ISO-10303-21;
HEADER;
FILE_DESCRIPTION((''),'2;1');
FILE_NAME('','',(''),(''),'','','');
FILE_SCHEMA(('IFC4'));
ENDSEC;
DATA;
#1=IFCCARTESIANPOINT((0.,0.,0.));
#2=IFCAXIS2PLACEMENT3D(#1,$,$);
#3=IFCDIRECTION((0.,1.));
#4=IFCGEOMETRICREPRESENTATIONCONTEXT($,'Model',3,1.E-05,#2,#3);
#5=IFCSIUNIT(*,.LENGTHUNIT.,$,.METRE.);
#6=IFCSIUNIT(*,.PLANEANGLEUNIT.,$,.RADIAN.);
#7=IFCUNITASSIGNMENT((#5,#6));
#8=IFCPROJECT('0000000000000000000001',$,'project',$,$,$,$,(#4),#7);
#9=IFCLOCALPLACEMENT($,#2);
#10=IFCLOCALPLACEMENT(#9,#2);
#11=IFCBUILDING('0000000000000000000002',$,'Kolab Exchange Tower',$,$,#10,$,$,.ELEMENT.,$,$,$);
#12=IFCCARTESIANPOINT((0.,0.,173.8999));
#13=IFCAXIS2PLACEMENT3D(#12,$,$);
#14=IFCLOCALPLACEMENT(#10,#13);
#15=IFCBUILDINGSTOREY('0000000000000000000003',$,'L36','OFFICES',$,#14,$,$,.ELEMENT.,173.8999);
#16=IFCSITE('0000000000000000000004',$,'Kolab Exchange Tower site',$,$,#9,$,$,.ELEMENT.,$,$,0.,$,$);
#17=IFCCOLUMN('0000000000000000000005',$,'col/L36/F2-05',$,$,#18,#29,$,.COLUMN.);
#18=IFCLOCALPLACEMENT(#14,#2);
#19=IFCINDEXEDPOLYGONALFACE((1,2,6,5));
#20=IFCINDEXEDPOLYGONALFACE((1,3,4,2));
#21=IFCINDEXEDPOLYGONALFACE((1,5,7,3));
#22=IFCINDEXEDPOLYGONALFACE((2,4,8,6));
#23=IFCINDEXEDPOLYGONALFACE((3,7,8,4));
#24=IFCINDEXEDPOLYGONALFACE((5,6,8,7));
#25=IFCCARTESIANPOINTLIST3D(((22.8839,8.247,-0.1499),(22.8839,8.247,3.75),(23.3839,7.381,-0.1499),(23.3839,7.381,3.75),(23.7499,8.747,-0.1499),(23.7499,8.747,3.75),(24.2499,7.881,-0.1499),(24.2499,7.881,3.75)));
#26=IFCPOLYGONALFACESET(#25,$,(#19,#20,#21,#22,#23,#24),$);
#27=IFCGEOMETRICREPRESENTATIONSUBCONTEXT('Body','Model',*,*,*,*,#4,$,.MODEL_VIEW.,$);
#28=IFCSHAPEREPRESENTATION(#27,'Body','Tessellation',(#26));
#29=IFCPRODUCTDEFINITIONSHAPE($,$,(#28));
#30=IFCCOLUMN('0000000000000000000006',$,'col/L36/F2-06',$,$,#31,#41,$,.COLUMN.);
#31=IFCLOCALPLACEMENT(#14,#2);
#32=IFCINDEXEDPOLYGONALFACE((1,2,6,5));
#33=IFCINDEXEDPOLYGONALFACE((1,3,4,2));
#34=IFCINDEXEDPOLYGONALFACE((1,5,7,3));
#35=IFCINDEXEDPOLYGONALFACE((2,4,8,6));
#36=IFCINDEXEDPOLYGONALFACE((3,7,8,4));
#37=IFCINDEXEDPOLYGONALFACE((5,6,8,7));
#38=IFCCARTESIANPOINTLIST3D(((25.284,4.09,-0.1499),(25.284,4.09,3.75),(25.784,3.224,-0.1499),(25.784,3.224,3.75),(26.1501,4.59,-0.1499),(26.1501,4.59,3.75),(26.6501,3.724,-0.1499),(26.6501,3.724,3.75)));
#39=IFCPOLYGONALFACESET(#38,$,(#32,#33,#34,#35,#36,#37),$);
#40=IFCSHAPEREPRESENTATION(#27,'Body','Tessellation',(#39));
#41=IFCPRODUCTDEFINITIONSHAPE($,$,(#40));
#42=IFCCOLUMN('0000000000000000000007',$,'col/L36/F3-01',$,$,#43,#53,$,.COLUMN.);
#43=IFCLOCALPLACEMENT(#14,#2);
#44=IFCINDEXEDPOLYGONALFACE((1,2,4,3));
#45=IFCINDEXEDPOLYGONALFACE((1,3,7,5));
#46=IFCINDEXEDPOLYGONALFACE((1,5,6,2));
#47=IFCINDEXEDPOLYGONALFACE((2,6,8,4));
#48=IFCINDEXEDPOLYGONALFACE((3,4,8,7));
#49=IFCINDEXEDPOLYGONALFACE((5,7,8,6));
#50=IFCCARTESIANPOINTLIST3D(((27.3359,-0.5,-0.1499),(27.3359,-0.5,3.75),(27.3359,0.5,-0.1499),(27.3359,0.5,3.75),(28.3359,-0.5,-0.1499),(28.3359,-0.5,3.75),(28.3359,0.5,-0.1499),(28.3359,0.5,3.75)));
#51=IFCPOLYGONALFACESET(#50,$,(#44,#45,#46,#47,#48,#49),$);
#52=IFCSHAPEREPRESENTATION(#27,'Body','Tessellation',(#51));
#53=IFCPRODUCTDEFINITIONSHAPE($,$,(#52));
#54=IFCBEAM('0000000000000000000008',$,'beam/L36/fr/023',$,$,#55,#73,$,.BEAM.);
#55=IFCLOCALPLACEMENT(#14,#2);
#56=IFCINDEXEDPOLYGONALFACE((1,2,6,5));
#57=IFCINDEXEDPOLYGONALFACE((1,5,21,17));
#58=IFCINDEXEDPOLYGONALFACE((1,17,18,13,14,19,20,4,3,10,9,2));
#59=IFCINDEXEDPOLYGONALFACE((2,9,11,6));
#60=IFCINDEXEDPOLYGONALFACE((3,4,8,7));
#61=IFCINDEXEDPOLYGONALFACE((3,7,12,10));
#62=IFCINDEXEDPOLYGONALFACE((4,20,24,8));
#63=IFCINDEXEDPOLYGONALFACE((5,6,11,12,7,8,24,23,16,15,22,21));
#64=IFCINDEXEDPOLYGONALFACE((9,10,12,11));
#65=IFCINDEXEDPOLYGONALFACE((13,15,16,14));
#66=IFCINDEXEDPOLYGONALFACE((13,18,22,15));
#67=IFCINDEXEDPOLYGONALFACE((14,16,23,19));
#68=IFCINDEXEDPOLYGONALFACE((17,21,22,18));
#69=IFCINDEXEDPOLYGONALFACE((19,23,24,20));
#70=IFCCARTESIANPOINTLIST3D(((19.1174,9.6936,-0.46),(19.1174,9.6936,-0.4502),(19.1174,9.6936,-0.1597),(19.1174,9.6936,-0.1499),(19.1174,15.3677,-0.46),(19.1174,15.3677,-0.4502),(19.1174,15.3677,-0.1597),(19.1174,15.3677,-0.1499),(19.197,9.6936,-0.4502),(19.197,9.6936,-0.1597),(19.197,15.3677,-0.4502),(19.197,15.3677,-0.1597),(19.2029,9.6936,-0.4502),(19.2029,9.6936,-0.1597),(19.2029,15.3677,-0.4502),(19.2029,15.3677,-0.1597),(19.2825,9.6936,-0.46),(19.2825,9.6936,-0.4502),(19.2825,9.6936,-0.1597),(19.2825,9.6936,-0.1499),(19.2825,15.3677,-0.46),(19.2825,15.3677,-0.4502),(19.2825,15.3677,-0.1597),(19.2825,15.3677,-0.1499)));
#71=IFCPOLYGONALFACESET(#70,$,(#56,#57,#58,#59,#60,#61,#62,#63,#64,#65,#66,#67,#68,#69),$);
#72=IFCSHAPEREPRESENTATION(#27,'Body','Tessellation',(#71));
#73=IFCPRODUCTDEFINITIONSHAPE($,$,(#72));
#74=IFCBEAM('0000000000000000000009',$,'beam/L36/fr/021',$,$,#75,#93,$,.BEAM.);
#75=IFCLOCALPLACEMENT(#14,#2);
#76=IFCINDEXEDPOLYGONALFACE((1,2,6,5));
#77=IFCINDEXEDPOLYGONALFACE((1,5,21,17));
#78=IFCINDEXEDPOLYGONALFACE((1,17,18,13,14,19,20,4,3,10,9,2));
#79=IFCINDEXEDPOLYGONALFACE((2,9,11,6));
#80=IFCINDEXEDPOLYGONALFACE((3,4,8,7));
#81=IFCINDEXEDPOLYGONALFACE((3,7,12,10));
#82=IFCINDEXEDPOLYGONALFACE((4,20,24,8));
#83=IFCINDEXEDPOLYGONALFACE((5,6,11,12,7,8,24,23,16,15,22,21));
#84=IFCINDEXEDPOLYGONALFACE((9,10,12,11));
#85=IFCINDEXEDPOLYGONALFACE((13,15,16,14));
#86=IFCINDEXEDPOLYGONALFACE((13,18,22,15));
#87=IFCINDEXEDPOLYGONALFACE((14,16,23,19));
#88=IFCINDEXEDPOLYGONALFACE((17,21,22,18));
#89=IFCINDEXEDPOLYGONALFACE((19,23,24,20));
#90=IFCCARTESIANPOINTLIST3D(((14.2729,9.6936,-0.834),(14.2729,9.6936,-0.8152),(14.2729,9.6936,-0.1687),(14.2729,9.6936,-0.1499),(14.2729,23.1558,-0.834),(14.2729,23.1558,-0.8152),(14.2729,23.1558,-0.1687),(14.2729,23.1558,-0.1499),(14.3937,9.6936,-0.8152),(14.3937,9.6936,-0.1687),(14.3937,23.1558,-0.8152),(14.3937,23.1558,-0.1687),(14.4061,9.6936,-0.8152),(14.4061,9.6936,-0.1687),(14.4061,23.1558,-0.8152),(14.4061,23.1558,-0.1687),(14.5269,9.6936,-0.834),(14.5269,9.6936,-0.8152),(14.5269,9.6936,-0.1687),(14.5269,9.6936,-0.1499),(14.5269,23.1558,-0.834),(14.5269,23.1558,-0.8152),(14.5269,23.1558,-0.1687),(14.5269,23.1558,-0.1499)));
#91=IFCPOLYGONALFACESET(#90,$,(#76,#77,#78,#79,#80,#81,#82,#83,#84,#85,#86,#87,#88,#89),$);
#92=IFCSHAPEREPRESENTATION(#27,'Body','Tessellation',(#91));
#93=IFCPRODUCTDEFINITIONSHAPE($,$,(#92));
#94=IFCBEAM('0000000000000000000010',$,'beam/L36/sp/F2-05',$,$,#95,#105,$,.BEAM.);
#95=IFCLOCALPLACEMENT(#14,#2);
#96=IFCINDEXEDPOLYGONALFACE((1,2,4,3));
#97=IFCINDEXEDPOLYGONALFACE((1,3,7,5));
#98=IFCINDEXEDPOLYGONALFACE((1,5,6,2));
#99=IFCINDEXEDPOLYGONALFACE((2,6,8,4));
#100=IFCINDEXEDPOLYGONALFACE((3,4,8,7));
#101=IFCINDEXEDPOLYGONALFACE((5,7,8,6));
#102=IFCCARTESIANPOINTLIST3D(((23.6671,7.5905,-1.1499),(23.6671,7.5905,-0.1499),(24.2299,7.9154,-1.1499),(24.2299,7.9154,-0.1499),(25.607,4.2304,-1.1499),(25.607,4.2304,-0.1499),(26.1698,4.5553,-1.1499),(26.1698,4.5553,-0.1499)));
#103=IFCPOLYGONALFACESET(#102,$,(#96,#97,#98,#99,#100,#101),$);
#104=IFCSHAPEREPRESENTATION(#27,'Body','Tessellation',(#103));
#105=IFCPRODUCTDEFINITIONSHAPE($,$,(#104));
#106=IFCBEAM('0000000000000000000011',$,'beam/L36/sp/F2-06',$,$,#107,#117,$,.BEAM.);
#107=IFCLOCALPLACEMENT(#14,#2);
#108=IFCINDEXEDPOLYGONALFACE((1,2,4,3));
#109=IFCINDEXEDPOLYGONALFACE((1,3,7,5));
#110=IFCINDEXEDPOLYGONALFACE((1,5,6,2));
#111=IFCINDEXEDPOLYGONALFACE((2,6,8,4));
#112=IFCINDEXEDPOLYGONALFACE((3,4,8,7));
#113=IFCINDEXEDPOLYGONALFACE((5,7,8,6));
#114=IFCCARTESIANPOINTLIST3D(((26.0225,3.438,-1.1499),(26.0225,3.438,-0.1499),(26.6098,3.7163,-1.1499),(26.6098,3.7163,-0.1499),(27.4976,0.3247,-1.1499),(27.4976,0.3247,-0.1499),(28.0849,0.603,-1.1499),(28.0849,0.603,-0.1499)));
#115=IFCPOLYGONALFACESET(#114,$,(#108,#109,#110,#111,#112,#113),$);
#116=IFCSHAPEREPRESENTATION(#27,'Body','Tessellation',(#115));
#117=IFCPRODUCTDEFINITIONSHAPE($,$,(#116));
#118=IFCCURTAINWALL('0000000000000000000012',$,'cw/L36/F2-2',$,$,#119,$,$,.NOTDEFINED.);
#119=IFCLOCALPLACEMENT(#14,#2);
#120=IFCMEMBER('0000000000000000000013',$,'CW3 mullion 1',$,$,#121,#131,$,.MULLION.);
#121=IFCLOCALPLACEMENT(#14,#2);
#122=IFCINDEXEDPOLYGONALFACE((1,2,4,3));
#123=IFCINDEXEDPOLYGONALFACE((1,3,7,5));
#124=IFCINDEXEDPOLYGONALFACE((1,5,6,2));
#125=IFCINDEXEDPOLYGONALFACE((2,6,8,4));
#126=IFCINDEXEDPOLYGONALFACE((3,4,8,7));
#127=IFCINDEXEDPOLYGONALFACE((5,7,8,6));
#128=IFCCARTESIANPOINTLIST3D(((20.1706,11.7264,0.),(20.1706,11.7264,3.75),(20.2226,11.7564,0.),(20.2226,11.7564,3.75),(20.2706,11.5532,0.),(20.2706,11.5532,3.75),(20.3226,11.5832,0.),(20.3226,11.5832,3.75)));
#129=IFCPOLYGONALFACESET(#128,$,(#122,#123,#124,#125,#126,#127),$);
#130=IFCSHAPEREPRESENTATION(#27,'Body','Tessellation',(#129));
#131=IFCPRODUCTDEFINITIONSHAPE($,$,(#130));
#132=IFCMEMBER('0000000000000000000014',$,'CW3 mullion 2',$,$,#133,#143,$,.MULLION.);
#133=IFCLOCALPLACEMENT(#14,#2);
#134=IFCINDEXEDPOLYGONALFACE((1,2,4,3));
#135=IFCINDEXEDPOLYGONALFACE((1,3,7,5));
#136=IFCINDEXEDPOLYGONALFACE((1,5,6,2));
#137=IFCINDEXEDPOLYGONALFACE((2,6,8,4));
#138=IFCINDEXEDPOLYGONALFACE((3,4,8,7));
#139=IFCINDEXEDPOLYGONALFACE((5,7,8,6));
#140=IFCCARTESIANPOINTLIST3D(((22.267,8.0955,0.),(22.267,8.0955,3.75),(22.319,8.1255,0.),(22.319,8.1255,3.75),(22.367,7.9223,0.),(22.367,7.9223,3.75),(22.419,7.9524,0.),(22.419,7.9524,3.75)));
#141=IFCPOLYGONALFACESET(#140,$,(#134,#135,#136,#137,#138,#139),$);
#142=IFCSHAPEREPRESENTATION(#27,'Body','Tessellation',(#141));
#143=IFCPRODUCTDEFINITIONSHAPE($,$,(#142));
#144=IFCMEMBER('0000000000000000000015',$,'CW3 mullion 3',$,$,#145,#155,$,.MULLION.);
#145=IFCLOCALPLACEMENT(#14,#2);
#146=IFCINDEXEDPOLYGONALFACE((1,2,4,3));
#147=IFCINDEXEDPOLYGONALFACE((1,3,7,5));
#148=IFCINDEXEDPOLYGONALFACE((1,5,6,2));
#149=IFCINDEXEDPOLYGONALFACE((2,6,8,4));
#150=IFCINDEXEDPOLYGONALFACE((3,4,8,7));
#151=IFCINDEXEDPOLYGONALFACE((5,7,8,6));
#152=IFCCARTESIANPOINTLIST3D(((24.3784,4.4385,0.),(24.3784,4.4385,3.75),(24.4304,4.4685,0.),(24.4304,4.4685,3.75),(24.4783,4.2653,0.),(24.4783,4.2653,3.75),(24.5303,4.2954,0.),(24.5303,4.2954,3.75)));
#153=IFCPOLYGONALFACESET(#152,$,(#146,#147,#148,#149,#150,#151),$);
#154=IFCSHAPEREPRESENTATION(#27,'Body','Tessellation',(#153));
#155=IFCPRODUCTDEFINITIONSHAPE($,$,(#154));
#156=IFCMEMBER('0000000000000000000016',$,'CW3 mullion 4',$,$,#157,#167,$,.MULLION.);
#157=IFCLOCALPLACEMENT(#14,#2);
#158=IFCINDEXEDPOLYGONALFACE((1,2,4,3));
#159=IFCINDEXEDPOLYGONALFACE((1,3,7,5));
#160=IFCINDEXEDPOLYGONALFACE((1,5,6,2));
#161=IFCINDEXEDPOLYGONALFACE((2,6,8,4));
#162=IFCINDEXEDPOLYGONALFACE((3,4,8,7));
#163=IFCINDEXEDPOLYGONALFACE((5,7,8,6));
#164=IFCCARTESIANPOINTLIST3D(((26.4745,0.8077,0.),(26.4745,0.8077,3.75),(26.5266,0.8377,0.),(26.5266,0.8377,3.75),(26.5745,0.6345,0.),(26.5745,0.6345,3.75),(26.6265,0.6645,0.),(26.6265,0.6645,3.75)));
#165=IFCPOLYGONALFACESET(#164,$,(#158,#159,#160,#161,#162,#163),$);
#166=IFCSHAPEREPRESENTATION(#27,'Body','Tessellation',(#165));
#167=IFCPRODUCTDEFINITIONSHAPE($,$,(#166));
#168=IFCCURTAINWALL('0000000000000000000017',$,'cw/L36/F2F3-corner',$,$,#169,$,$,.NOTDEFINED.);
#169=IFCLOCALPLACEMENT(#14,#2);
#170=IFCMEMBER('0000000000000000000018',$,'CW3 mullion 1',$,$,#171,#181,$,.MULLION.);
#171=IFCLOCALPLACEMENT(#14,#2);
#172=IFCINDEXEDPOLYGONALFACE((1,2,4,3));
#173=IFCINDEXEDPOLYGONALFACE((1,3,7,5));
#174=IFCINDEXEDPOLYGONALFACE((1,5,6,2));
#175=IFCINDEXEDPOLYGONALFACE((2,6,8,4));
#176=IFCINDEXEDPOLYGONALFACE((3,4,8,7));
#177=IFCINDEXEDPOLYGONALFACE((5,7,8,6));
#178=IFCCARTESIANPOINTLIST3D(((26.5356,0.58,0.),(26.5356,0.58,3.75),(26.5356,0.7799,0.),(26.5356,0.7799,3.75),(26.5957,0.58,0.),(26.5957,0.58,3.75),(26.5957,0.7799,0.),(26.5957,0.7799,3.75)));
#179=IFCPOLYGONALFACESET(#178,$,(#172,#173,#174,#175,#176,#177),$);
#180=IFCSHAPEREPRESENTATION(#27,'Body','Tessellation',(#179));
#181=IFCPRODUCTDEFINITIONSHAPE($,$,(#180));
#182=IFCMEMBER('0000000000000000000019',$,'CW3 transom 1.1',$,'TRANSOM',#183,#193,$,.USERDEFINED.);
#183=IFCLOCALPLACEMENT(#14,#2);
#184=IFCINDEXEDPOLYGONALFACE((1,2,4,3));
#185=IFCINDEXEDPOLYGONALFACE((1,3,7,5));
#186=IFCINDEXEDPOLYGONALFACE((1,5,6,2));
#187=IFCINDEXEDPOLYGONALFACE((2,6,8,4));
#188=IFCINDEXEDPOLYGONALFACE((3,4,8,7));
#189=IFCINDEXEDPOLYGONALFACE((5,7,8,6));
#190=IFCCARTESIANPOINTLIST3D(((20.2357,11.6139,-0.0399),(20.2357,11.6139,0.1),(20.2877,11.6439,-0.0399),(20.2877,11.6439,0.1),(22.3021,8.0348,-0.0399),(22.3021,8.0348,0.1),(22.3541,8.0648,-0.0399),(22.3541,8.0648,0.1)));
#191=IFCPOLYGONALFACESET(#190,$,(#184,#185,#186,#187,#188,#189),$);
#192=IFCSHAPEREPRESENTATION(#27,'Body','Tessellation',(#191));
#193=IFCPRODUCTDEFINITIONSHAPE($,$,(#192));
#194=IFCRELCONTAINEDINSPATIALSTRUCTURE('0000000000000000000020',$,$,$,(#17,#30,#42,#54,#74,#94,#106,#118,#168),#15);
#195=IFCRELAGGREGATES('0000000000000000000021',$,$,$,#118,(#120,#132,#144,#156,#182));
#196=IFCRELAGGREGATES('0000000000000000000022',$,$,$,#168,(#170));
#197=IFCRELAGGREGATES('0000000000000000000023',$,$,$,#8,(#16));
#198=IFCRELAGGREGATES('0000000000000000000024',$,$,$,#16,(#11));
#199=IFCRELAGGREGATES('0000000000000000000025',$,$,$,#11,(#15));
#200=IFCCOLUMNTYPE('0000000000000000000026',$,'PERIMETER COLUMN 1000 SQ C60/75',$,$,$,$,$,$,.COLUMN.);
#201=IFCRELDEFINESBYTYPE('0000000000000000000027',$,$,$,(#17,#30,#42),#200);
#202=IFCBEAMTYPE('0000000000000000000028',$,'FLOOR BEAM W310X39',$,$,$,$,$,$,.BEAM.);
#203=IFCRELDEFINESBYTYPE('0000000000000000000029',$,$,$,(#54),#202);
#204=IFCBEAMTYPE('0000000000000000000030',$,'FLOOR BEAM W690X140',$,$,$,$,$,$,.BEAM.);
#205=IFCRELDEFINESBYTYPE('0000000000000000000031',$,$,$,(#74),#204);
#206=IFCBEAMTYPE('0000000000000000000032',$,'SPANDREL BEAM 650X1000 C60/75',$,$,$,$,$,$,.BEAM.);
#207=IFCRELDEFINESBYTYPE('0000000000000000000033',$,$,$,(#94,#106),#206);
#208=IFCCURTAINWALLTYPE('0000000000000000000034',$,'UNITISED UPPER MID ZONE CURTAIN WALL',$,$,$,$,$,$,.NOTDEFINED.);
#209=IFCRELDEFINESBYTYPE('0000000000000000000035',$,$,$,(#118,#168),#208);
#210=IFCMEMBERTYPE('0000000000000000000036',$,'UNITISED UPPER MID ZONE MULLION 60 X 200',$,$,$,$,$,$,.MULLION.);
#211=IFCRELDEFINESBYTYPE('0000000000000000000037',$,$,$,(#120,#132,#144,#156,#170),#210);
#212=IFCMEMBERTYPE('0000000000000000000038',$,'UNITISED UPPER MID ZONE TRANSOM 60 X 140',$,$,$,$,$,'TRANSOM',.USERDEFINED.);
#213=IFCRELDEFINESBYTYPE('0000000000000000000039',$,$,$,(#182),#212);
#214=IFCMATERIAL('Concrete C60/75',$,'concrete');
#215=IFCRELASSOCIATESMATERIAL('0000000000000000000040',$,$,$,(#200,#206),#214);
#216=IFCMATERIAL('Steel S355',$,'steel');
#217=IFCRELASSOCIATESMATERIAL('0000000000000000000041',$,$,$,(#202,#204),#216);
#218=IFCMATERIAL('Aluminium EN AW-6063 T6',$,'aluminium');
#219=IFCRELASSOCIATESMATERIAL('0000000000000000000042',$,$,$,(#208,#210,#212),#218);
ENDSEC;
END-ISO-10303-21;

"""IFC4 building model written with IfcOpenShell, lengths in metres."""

from ifc_helpers import new_model, si_unit, direction, frame, origin, origin_2d, place, context, subcontext, project, spatial, rectangle, i_section, extrude, material, material_profile, profile_set, type_object, element, aggregate, save


model = new_model("IFC4")

# Units and contexts
model_context = context("Model", 3, precision=1e-05, world=origin(), true_north=direction((0.0, 1.0)))
body_context = subcontext(model_context, "Body", "Model", "MODEL_VIEW")
ifc_project = project(units=[si_unit("LENGTHUNIT", "METRE"), si_unit("PLANEANGLEUNIT", "RADIAN")], contexts=[model_context])

# Site, building, storey
site_placement = place(None, origin())
site = spatial("IfcSite", under=ifc_project, at=site_placement, Name="Kolab Exchange Tower site", CompositionType="ELEMENT", RefElevation=0.0)
building_placement = place(site_placement, origin())
building = spatial("IfcBuilding", under=site, at=building_placement, Name="Kolab Exchange Tower", CompositionType="ELEMENT")
storey_placement = place(building_placement, frame((0.0, 0.0, 173.8999)))
storey = spatial("IfcBuildingStorey", under=building, at=storey_placement, Name="L36", Description="OFFICES", CompositionType="ELEMENT", Elevation=173.8999)

# Columns
ifc_material_1 = material(Name="Concrete C60/75", Category="concrete")
ifc_material_profile_1 = material_profile(ifc_material_1, rectangle(XDim=1.0, YDim=1.0, at=origin_2d()), Name="RC1000")
ifc_profile_set_1 = profile_set([ifc_material_profile_1], Name="Concrete C60/75")
column_type = type_object("IfcColumnType", Name="PERIMETER COLUMN 1000 SQ C60/75", PredefinedType="COLUMN", material=ifc_profile_set_1)
for number, where, z_axis, x_axis, name in (
    (1, (23.5669, 8.064, -0.1499), (0.0, 0.0, 1.0), (0.866025, 0.5, 0.0), "col/L36/F2-05"),
    (2, (25.967, 3.907, -0.1499), (0.0, 0.0, 1.0), (0.866025, 0.5, 0.0), "col/L36/F2-06"),
    (3, (27.8359, 0.0, -0.1499), (0.0, 0.0, 1.0), (1.0, 0.0, 0.0), "col/L36/F3-01"),
):
    element("IfcColumn", number, at=place(storey_placement, frame(where, z_axis=z_axis, x_axis=x_axis)), inside=storey, type_object=column_type, Name=name, PredefinedType="COLUMN", context=body_context, shape_type="SweptSolid", body=[
        extrude(rectangle(XDim=1.0, YDim=1.0, at=origin_2d()), origin(), (0.0, 0.0, 1.0), 3.8999),
    ])

# Beams
ifc_material_2 = material(Name="Steel S355", Category="steel")
ifc_material_profile_2 = material_profile(ifc_material_2, i_section(OverallWidth=0.165, OverallDepth=0.3101, WebThickness=0.0059, FlangeThickness=0.0098, at=origin_2d()), Name="W310X39")
ifc_profile_set_2 = profile_set([ifc_material_profile_2], Name="Steel S355")
beam_type_1 = type_object("IfcBeamType", Name="FLOOR BEAM W310X39", PredefinedType="BEAM", material=ifc_profile_set_2)
beam_1_placement = place(storey_placement, frame((19.2, 9.6936, -0.3049), z_axis=(0.0, 1.0, 0.0), x_axis=(-1.0, 0.0, 0.0)))
element("IfcBeam", 4, at=beam_1_placement, inside=storey, type_object=beam_type_1, Name="beam/L36/fr/023", PredefinedType="BEAM", context=body_context, shape_type="SweptSolid", body=[
    extrude(i_section(OverallWidth=0.165, OverallDepth=0.3101, WebThickness=0.0059, FlangeThickness=0.0098, at=origin_2d()), origin(), (0.0, 0.0, 1.0), 5.6741),
])
ifc_material_profile_3 = material_profile(ifc_material_2, i_section(OverallWidth=0.2539, OverallDepth=0.6841, WebThickness=0.0125, FlangeThickness=0.0188, at=origin_2d()), Name="W690X140")
ifc_profile_set_3 = profile_set([ifc_material_profile_3], Name="Steel S355")
beam_type_2 = type_object("IfcBeamType", Name="FLOOR BEAM W690X140", PredefinedType="BEAM", material=ifc_profile_set_3)
beam_2_placement = place(storey_placement, frame((14.3999, 9.6936, -0.4919), z_axis=(0.0, 1.0, 0.0), x_axis=(-1.0, 0.0, 0.0)))
element("IfcBeam", 5, at=beam_2_placement, inside=storey, type_object=beam_type_2, Name="beam/L36/fr/021", PredefinedType="BEAM", context=body_context, shape_type="SweptSolid", body=[
    extrude(i_section(OverallWidth=0.2539, OverallDepth=0.6841, WebThickness=0.0125, FlangeThickness=0.0188, at=origin_2d()), origin(), (0.0, 0.0, 1.0), 13.4622),
])
ifc_material_profile_4 = material_profile(ifc_material_1, rectangle(XDim=0.6499, YDim=1.0, at=origin_2d()), Name="RC650X1000")
ifc_profile_set_4 = profile_set([ifc_material_profile_4], Name="Concrete C60/75")
beam_type_3 = type_object("IfcBeamType", Name="SPANDREL BEAM 650X1000 C60/75", PredefinedType="BEAM", material=ifc_profile_set_4)
beam_3_placement = place(storey_placement, frame((23.9485, 7.7529, -0.6499), z_axis=(0.499997, -0.866027, 0.0), x_axis=(0.866027, 0.499997, 0.0)))
element("IfcBeam", 6, at=beam_3_placement, inside=storey, type_object=beam_type_3, Name="beam/L36/sp/F2-05", PredefinedType="BEAM", context=body_context, shape_type="SweptSolid", body=[
    extrude(rectangle(XDim=0.6499, YDim=1.0, at=origin_2d()), origin(), (0.0, 0.0, 1.0), 3.8799),
])
beam_4_placement = place(storey_placement, frame((26.3162, 3.5771, -0.6499), z_axis=(0.428178, -0.903695, 0.0), x_axis=(0.903695, 0.428178, 0.0)))
element("IfcBeam", 7, at=beam_4_placement, inside=storey, type_object=beam_type_3, Name="beam/L36/sp/F2-06", PredefinedType="BEAM", context=body_context, shape_type="SweptSolid", body=[
    extrude(rectangle(XDim=0.6499, YDim=1.0, at=origin_2d()), origin(), (0.0, 0.0, 1.0), 3.4451),
])

# Curtain wall, members
ifc_material_3 = material(Name="Aluminium EN AW-6063 T6", Category="aluminium")
curtain_wall_type = type_object("IfcCurtainWallType", Name="UNITISED UPPER MID ZONE CURTAIN WALL", PredefinedType="NOTDEFINED", material=ifc_material_3)
curtain_wall_1_placement = place(storey_placement, origin())
curtain_wall_1 = element("IfcCurtainWall", 8, at=curtain_wall_1_placement, inside=storey, type_object=curtain_wall_type, Name="cw/L36/F2-2", PredefinedType="NOTDEFINED")
ifc_material_profile_5 = material_profile(ifc_material_3, rectangle(XDim=0.0601, YDim=0.2, at=origin_2d()), Name="RECT 60X200")
ifc_profile_set_5 = profile_set([ifc_material_profile_5], Name="Aluminium EN AW-6063 T6")
member_type_1 = type_object("IfcMemberType", Name="UNITISED UPPER MID ZONE MULLION 60 X 200", PredefinedType="MULLION", material=ifc_profile_set_5)
member_1_placement = place(storey_placement, frame((20.2466, 11.6548, 0.0), z_axis=(0.0, 0.0, 1.0), x_axis=(0.866025, 0.5, 0.0)))
member_1 = element("IfcMember", 9, at=member_1_placement, type_object=member_type_1, Name="CW3 mullion 1", PredefinedType="MULLION", context=body_context, shape_type="SweptSolid", body=[
    extrude(rectangle(XDim=0.0601, YDim=0.2, at=origin_2d()), origin(), (0.0, 0.0, 1.0), 3.75),
])
member_2_placement = place(storey_placement, frame((22.343, 8.0239, 0.0), z_axis=(0.0, 0.0, 1.0), x_axis=(0.866025, 0.5, 0.0)))
member_2 = element("IfcMember", 10, at=member_2_placement, type_object=member_type_1, Name="CW3 mullion 2", PredefinedType="MULLION", context=body_context, shape_type="SweptSolid", body=[
    extrude(rectangle(XDim=0.0601, YDim=0.2, at=origin_2d()), origin(), (0.0, 0.0, 1.0), 3.75),
])
member_3_placement = place(storey_placement, frame((24.4543, 4.3669, 0.0), z_axis=(0.0, 0.0, 1.0), x_axis=(0.866025, 0.5, 0.0)))
member_3 = element("IfcMember", 11, at=member_3_placement, type_object=member_type_1, Name="CW3 mullion 3", PredefinedType="MULLION", context=body_context, shape_type="SweptSolid", body=[
    extrude(rectangle(XDim=0.0601, YDim=0.2, at=origin_2d()), origin(), (0.0, 0.0, 1.0), 3.75),
])
member_4_placement = place(storey_placement, frame((26.5505, 0.7361, 0.0), z_axis=(0.0, 0.0, 1.0), x_axis=(0.866025, 0.5, 0.0)))
member_4 = element("IfcMember", 12, at=member_4_placement, type_object=member_type_1, Name="CW3 mullion 4", PredefinedType="MULLION", context=body_context, shape_type="SweptSolid", body=[
    extrude(rectangle(XDim=0.0601, YDim=0.2, at=origin_2d()), origin(), (0.0, 0.0, 1.0), 3.75),
])

# Curtain wall, member
curtain_wall_2_placement = place(storey_placement, origin())
curtain_wall_2 = element("IfcCurtainWall", 13, at=curtain_wall_2_placement, inside=storey, type_object=curtain_wall_type, Name="cw/L36/F2F3-corner", PredefinedType="NOTDEFINED")
member_5_placement = place(storey_placement, frame((26.5657, 0.6799, 0.0), z_axis=(0.0, 0.0, 1.0), x_axis=(1.0, 0.0, 0.0)))
member_5 = element("IfcMember", 14, at=member_5_placement, type_object=member_type_1, Name="CW3 mullion 1", PredefinedType="MULLION", context=body_context, shape_type="SweptSolid", body=[
    extrude(rectangle(XDim=0.0601, YDim=0.2, at=origin_2d()), origin(), (0.0, 0.0, 1.0), 3.75),
])

# Member
ifc_material_profile_6 = material_profile(ifc_material_3, rectangle(XDim=0.0601, YDim=0.1399, at=origin_2d()), Name="RECT 60X140")
ifc_profile_set_6 = profile_set([ifc_material_profile_6], Name="Aluminium EN AW-6063 T6")
member_type_2 = type_object("IfcMemberType", Name="UNITISED UPPER MID ZONE TRANSOM 60 X 140", ElementType="TRANSOM", PredefinedType="USERDEFINED", material=ifc_profile_set_6)
member_6_placement = place(storey_placement, frame((20.2617, 11.6289, 0.03), z_axis=(0.500002, -0.866024, 0.0), x_axis=(0.866024, 0.500002, 0.0)))
member_6 = element("IfcMember", 15, at=member_6_placement, type_object=member_type_2, Name="CW3 transom 1.1", ObjectType="TRANSOM", PredefinedType="USERDEFINED", context=body_context, shape_type="SweptSolid", body=[
    extrude(rectangle(XDim=0.0601, YDim=0.1399, at=origin_2d()), origin(), (0.0, 0.0, 1.0), 4.1328),
])

aggregate(curtain_wall_1, [member_1, member_2, member_3, member_4, member_6])
aggregate(curtain_wall_2, [member_5])

save(model, "model.ifc")
